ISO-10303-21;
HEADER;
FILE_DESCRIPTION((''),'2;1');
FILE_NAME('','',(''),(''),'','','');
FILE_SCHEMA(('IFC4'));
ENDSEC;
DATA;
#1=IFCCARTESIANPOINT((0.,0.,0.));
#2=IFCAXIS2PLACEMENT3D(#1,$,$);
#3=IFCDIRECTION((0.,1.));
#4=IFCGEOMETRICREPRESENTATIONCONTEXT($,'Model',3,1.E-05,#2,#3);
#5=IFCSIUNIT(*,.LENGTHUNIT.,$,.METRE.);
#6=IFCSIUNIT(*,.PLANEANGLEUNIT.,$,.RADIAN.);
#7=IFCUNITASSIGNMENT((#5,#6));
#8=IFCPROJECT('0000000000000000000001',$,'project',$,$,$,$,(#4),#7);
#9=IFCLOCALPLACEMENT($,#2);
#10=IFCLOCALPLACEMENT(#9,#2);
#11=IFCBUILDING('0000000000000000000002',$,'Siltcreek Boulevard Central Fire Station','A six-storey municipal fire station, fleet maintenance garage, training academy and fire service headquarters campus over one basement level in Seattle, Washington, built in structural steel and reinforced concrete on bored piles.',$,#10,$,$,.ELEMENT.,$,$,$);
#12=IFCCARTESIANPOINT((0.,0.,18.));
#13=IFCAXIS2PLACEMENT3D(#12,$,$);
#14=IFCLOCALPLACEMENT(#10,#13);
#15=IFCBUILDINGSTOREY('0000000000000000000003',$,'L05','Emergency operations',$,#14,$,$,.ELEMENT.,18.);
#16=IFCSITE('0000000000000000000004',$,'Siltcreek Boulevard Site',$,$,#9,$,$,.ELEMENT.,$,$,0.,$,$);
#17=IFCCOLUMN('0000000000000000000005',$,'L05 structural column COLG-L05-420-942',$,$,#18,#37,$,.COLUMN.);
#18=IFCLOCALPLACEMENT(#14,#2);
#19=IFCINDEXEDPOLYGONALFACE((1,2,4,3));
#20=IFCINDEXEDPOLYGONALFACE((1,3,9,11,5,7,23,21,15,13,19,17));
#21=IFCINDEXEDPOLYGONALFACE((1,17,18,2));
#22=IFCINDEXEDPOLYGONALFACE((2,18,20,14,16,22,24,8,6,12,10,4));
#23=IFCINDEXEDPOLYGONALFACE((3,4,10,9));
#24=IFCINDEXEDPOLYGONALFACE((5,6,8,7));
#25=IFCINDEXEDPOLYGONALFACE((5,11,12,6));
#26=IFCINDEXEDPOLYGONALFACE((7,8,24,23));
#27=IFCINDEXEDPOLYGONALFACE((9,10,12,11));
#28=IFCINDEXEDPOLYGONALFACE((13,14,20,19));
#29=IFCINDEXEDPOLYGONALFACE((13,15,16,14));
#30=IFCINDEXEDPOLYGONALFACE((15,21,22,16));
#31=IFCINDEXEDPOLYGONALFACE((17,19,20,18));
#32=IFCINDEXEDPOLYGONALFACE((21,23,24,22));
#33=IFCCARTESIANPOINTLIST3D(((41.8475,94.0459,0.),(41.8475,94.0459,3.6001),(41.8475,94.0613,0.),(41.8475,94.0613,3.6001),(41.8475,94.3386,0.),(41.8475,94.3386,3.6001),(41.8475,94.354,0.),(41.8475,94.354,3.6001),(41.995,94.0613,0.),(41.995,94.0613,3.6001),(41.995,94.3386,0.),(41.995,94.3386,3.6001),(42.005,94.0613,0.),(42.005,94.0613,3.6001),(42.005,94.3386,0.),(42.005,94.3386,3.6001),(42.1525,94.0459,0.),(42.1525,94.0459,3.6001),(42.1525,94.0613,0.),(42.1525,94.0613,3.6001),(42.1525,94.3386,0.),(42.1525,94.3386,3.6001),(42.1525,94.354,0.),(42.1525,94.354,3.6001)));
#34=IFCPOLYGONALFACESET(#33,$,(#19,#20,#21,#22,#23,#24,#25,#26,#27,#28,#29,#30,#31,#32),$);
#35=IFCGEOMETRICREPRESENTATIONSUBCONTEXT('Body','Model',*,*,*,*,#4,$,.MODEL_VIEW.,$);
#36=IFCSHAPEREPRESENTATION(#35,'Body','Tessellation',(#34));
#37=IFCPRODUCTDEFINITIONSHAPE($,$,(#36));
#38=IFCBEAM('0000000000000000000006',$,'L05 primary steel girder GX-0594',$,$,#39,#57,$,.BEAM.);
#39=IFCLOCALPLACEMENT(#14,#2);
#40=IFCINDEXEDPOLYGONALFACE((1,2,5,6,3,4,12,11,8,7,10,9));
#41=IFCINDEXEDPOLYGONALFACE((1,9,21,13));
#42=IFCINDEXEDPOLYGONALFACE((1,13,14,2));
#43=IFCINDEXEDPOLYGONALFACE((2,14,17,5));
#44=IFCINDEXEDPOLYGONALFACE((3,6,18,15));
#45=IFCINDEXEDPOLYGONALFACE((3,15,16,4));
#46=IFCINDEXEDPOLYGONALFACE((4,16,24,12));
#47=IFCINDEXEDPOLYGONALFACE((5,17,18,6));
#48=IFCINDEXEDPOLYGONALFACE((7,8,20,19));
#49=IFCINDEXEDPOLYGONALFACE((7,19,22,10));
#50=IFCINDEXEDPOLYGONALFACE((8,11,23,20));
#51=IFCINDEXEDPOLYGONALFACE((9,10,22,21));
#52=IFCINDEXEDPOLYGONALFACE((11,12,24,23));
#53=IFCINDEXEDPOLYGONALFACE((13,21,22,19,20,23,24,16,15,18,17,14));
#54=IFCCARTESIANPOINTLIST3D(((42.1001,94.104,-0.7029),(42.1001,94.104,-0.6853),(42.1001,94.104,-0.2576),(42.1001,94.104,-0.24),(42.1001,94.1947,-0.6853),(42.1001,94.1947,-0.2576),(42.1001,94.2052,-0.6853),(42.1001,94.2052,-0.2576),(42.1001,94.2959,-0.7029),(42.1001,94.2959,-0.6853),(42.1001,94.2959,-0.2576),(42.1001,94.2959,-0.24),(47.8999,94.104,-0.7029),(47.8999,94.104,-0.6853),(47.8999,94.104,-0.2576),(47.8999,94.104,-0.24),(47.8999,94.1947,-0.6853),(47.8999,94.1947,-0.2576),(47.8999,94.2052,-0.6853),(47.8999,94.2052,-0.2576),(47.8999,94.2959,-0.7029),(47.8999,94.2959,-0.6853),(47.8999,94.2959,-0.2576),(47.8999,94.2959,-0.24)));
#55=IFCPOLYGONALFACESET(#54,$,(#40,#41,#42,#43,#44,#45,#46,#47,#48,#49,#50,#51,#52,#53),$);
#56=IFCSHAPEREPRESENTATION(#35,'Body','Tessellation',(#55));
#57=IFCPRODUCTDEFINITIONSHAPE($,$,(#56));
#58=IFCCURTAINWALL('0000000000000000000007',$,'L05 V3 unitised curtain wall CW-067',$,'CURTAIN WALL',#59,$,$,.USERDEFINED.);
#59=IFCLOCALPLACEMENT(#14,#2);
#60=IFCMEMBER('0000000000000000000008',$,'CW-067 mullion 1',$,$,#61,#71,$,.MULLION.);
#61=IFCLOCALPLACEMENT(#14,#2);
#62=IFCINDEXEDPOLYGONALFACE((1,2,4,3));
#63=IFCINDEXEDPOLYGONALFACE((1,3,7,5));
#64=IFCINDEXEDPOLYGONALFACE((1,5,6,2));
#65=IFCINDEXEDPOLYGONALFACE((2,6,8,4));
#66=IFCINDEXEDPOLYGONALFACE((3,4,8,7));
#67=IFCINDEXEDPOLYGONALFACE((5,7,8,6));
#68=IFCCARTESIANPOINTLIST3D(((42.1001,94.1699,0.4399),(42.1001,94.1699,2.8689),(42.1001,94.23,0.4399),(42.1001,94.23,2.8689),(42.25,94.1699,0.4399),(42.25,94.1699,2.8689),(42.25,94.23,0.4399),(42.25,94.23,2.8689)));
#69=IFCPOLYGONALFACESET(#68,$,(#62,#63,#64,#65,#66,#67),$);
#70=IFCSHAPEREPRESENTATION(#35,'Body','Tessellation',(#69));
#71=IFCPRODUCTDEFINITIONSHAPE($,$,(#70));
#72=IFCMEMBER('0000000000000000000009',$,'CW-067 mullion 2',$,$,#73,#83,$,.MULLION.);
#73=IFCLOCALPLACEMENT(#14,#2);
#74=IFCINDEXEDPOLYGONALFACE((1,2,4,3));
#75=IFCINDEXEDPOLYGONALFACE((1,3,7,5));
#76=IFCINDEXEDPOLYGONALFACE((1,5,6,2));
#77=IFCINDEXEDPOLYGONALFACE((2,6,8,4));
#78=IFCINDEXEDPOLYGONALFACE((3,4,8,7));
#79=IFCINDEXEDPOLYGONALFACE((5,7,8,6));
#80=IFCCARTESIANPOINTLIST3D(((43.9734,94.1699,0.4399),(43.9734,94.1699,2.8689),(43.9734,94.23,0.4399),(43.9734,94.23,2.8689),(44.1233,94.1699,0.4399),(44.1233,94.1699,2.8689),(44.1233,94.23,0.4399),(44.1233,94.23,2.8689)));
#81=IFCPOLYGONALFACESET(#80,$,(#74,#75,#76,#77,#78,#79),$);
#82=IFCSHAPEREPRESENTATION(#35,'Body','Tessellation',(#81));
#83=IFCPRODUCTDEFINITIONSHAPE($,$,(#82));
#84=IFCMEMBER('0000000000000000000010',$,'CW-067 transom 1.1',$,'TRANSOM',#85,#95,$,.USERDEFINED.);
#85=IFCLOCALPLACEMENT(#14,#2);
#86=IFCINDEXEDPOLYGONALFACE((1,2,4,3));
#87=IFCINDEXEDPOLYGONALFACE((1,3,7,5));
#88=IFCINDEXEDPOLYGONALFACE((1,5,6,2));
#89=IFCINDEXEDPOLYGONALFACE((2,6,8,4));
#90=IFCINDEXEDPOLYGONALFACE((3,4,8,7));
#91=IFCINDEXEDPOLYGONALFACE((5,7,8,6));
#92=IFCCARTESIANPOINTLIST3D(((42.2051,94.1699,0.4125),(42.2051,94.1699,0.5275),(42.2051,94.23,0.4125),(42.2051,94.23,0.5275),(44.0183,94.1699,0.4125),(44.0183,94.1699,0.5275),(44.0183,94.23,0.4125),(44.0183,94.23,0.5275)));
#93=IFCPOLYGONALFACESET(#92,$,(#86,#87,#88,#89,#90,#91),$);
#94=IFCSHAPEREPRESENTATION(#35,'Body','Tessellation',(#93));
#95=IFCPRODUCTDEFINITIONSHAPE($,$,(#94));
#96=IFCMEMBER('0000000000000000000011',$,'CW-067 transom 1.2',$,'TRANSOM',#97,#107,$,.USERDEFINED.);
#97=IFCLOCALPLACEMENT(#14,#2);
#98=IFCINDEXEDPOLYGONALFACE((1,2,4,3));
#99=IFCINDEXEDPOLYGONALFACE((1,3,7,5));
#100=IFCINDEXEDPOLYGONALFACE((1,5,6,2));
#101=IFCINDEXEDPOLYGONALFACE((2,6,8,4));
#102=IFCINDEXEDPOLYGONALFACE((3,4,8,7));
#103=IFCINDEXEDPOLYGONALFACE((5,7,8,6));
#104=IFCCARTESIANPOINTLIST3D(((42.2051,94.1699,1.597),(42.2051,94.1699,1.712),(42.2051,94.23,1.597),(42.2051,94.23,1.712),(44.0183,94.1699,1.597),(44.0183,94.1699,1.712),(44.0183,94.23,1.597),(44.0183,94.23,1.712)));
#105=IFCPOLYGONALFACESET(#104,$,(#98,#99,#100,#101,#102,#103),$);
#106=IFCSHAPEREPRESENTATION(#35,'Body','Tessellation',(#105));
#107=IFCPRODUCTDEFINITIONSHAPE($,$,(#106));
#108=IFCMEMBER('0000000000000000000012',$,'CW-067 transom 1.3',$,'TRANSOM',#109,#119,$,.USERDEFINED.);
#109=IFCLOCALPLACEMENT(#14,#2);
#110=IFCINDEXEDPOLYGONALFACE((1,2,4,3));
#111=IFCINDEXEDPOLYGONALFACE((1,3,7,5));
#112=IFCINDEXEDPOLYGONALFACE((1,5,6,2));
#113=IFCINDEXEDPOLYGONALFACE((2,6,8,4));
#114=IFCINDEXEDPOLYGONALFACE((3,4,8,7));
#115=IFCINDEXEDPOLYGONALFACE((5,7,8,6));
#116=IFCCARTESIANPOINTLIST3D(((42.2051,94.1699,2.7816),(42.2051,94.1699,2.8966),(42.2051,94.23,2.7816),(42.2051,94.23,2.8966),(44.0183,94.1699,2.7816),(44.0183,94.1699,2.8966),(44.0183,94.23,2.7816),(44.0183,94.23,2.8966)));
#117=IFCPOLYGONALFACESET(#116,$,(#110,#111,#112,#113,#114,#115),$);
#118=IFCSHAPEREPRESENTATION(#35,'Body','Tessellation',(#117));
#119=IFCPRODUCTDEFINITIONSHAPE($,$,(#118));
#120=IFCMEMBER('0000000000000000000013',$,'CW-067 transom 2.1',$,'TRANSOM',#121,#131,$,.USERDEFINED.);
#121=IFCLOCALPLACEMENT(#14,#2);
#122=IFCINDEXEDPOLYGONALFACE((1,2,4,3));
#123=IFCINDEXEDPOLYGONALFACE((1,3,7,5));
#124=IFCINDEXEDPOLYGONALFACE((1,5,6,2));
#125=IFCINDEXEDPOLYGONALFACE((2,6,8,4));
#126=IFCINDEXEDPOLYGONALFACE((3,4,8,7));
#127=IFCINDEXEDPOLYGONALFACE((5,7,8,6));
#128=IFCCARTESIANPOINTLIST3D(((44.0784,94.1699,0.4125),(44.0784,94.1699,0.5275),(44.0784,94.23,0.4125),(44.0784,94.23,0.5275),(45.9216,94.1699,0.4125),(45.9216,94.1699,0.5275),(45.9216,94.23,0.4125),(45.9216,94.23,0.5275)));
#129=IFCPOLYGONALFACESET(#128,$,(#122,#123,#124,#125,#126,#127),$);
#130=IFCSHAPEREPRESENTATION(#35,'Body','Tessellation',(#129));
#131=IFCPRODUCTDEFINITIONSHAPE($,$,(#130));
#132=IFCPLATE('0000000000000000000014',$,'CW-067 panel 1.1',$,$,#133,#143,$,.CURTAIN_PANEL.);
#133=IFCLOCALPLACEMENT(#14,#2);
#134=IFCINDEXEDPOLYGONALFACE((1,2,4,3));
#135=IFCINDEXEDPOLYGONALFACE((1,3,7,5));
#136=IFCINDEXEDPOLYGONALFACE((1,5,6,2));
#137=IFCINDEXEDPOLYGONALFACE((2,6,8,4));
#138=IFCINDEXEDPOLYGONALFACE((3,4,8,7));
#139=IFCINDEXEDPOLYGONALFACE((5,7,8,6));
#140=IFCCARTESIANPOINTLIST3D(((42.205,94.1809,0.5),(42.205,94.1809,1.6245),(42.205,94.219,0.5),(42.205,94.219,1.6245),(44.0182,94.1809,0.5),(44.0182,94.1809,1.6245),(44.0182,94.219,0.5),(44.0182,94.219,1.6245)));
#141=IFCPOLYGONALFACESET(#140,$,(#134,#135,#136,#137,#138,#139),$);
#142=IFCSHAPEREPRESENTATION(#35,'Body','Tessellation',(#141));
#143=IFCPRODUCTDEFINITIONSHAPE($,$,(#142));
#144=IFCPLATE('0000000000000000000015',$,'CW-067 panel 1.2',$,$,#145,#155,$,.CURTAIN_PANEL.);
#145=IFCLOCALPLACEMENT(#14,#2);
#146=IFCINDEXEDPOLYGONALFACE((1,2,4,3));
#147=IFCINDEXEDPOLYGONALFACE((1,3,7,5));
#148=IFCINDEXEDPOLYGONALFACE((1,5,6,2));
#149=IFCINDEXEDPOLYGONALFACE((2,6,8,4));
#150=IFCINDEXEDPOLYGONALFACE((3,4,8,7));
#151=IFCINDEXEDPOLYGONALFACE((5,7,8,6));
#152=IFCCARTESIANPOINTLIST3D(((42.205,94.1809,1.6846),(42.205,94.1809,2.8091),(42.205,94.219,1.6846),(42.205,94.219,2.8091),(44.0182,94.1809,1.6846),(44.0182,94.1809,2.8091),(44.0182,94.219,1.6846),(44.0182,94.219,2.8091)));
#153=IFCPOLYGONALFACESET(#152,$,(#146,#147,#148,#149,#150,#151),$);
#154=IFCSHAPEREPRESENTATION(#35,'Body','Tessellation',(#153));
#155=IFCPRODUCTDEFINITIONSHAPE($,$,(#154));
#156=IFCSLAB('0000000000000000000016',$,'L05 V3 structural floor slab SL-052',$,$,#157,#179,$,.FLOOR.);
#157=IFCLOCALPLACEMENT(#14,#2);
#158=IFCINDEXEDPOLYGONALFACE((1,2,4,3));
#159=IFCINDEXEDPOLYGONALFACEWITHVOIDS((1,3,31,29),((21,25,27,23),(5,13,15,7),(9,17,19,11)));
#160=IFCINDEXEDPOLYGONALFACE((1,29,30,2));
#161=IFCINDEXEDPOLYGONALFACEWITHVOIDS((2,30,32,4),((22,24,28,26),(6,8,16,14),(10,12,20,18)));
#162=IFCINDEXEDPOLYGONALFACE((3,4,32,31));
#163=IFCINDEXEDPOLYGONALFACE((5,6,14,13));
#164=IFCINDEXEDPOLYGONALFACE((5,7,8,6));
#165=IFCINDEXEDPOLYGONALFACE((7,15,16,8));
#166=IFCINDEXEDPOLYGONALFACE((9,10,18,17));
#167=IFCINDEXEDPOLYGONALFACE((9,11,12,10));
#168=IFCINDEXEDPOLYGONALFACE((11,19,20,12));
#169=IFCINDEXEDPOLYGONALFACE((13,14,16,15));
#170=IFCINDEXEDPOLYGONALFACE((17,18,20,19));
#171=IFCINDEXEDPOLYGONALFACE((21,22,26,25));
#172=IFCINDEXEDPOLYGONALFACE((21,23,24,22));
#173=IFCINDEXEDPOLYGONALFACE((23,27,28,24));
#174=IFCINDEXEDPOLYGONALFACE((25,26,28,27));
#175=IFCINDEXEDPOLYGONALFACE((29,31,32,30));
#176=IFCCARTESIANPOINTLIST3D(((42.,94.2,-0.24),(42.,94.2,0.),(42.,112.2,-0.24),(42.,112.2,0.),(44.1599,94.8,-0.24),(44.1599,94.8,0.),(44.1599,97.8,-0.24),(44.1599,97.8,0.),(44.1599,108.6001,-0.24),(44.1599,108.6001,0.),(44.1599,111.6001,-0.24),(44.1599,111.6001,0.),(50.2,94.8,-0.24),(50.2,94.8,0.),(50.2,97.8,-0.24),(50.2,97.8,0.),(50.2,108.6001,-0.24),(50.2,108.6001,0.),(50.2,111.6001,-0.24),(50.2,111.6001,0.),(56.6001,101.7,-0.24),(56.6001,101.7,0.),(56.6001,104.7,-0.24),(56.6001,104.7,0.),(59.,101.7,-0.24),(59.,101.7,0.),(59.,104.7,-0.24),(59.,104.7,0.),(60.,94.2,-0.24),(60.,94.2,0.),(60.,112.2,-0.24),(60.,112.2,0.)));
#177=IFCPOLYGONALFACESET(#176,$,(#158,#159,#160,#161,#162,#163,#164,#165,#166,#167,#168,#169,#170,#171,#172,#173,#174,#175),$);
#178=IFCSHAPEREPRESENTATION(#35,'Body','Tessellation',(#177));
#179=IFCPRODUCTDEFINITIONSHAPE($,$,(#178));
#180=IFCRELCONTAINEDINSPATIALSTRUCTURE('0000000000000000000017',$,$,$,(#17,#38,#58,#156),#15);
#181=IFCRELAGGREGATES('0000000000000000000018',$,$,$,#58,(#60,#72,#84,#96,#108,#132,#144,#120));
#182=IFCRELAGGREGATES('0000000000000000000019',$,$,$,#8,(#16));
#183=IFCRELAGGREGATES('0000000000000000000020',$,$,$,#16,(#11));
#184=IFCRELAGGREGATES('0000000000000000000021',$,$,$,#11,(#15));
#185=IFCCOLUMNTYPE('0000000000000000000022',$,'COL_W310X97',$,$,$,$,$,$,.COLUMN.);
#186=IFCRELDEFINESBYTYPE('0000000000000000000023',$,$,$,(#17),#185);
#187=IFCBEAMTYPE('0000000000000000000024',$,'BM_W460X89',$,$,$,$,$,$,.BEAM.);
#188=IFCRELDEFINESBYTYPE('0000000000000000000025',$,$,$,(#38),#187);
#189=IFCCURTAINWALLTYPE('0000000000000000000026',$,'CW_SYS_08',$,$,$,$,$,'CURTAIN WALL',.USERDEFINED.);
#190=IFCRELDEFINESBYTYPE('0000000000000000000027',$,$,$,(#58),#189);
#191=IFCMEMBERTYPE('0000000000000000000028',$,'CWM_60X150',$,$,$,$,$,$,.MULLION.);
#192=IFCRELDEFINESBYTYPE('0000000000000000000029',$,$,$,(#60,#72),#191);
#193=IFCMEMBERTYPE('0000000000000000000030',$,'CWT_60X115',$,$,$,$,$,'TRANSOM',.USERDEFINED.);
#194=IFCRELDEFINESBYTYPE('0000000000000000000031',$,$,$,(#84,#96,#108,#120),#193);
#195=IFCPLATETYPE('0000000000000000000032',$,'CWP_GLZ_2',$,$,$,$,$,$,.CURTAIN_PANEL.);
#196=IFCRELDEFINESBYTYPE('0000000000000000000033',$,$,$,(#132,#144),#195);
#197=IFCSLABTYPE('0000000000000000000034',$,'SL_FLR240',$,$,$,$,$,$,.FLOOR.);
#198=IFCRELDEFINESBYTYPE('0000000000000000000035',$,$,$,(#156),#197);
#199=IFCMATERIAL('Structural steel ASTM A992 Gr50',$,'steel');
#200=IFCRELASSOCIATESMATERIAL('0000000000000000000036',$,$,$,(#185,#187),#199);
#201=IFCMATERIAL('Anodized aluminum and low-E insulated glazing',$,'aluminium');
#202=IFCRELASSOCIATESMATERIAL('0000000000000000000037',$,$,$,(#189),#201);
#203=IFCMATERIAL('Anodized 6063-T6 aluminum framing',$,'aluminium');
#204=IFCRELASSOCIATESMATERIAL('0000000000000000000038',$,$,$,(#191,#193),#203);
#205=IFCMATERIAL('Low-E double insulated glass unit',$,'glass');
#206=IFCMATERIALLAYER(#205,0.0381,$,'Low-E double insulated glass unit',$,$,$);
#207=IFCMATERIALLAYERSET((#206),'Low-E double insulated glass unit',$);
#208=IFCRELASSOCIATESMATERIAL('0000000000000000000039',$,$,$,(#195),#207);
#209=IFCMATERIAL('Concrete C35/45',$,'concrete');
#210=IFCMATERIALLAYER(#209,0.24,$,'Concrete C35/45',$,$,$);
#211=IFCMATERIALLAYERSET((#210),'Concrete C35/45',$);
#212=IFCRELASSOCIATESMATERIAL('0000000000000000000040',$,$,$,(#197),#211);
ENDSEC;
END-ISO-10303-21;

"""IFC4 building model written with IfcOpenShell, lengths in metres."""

from ifc_helpers import new_model, si_unit, direction, frame, origin, origin_2d, place, context, subcontext, project, spatial, polyline, rectangle, i_section, outline, extrude, material, layer, layer_set, material_profile, profile_set, type_object, element, aggregate, save


model = new_model("IFC4")

# Units and contexts
model_context = context("Model", 3, precision=1e-05, world=origin(), true_north=direction((0.0, 1.0)))
body_context = subcontext(model_context, "Body", "Model", "MODEL_VIEW")
ifc_project = project(units=[si_unit("LENGTHUNIT", "METRE"), si_unit("PLANEANGLEUNIT", "RADIAN")], contexts=[model_context])

# Site, building, storey
site_placement = place(None, origin())
site = spatial("IfcSite", under=ifc_project, at=site_placement, Name="Siltcreek Boulevard Site", CompositionType="ELEMENT", RefElevation=0.0)
building_placement = place(site_placement, origin())
building = spatial("IfcBuilding", under=site, at=building_placement, Name="Siltcreek Boulevard Central Fire Station", Description="A six-storey municipal fire station, fleet maintenance garage, training academy and fire service headquarters campus over one basement level in Seattle, Washington, built in structural steel and reinforced concrete on bored piles.", CompositionType="ELEMENT")
storey_placement = place(building_placement, frame((0.0, 0.0, 18.0)))
storey = spatial("IfcBuildingStorey", under=building, at=storey_placement, Name="L05", Description="Emergency operations", CompositionType="ELEMENT", Elevation=18.0)

# Column
ifc_material_1 = material(Name="Structural steel ASTM A992 Gr50", Category="steel")
ifc_material_profile_1 = material_profile(ifc_material_1, i_section(OverallWidth=0.3049, OverallDepth=0.3081, WebThickness=0.01, FlangeThickness=0.0154, at=origin_2d()), Name="W310X97")
ifc_profile_set_1 = profile_set([ifc_material_profile_1], Name="Structural steel ASTM A992 Gr50")
column_type = type_object("IfcColumnType", Name="COL_W310X97", PredefinedType="COLUMN", material=ifc_profile_set_1)
column_placement = place(storey_placement, frame((42.0, 94.2, 0.0), z_axis=(0.0, 0.0, 1.0), x_axis=(1.0, 0.0, 0.0)))
element("IfcColumn", 1, at=column_placement, inside=storey, type_object=column_type, Name="L05 structural column COLG-L05-420-942", PredefinedType="COLUMN", context=body_context, shape_type="SweptSolid", body=[
    extrude(i_section(OverallWidth=0.3049, OverallDepth=0.3081, WebThickness=0.01, FlangeThickness=0.0154, at=origin_2d()), origin(), (0.0, 0.0, 1.0), 3.6001),
])

# Beam
ifc_material_profile_2 = material_profile(ifc_material_1, i_section(OverallWidth=0.1919, OverallDepth=0.4629, WebThickness=0.0105, FlangeThickness=0.0176, at=origin_2d()), Name="W460X89")
ifc_profile_set_2 = profile_set([ifc_material_profile_2], Name="Structural steel ASTM A992 Gr50")
beam_type = type_object("IfcBeamType", Name="BM_W460X89", PredefinedType="BEAM", material=ifc_profile_set_2)
beam_placement = place(storey_placement, frame((42.1001, 94.2, -0.4714), z_axis=(1.0, 0.0, 0.0), x_axis=(0.0, 1.0, 0.0)))
element("IfcBeam", 2, at=beam_placement, inside=storey, type_object=beam_type, Name="L05 primary steel girder GX-0594", PredefinedType="BEAM", context=body_context, shape_type="SweptSolid", body=[
    extrude(i_section(OverallWidth=0.1919, OverallDepth=0.4629, WebThickness=0.0105, FlangeThickness=0.0176, at=origin_2d()), origin(), (0.0, 0.0, 1.0), 5.7998),
])

# Curtain wall, members, plates
ifc_material_2 = material(Name="Anodized aluminum and low-E insulated glazing", Category="aluminium")
curtain_wall_type = type_object("IfcCurtainWallType", Name="CW_SYS_08", ElementType="CURTAIN WALL", PredefinedType="USERDEFINED", material=ifc_material_2)
curtain_wall_placement = place(storey_placement, origin())
curtain_wall = element("IfcCurtainWall", 3, at=curtain_wall_placement, inside=storey, type_object=curtain_wall_type, Name="L05 V3 unitised curtain wall CW-067", ObjectType="CURTAIN WALL", PredefinedType="USERDEFINED")
ifc_material_3 = material(Name="Anodized 6063-T6 aluminum framing", Category="aluminium")
ifc_material_profile_3 = material_profile(ifc_material_3, rectangle(XDim=0.0601, YDim=0.1499, at=origin_2d()), Name="MULL60X150")
ifc_profile_set_3 = profile_set([ifc_material_profile_3], Name="Anodized 6063-T6 aluminum framing")
member_type_1 = type_object("IfcMemberType", Name="CWM_60X150", PredefinedType="MULLION", material=ifc_profile_set_3)
member_1_placement = place(storey_placement, frame((42.175, 94.2, 0.4399), z_axis=(0.0, 0.0, 1.0), x_axis=(0.0, 1.0, 0.0)))
member_1 = element("IfcMember", 4, at=member_1_placement, type_object=member_type_1, Name="CW-067 mullion 1", PredefinedType="MULLION", context=body_context, shape_type="SweptSolid", body=[
    extrude(rectangle(XDim=0.0601, YDim=0.1499, at=origin_2d()), origin(), (0.0, 0.0, 1.0), 2.429),
])
member_2_placement = place(storey_placement, frame((44.0483, 94.2, 0.4399), z_axis=(0.0, 0.0, 1.0), x_axis=(0.0, 1.0, 0.0)))
member_2 = element("IfcMember", 5, at=member_2_placement, type_object=member_type_1, Name="CW-067 mullion 2", PredefinedType="MULLION", context=body_context, shape_type="SweptSolid", body=[
    extrude(rectangle(XDim=0.0601, YDim=0.1499, at=origin_2d()), origin(), (0.0, 0.0, 1.0), 2.429),
])
ifc_material_profile_4 = material_profile(ifc_material_3, rectangle(XDim=0.0601, YDim=0.115, at=origin_2d()), Name="TRAN60X115")
ifc_profile_set_4 = profile_set([ifc_material_profile_4], Name="Anodized 6063-T6 aluminum framing")
member_type_2 = type_object("IfcMemberType", Name="CWT_60X115", ElementType="TRANSOM", PredefinedType="USERDEFINED", material=ifc_profile_set_4)
member_3_placement = place(storey_placement, frame((42.2051, 94.2, 0.47), z_axis=(1.0, 0.0, 0.0), x_axis=(0.0, 1.0, 0.0)))
member_3 = element("IfcMember", 6, at=member_3_placement, type_object=member_type_2, Name="CW-067 transom 1.1", ObjectType="TRANSOM", PredefinedType="USERDEFINED", context=body_context, shape_type="SweptSolid", body=[
    extrude(rectangle(XDim=0.0601, YDim=0.115, at=origin_2d()), origin(), (0.0, 0.0, 1.0), 1.8132),
])
member_4_placement = place(storey_placement, frame((42.2051, 94.2, 1.6545), z_axis=(1.0, 0.0, 0.0), x_axis=(0.0, 1.0, 0.0)))
member_4 = element("IfcMember", 7, at=member_4_placement, type_object=member_type_2, Name="CW-067 transom 1.2", ObjectType="TRANSOM", PredefinedType="USERDEFINED", context=body_context, shape_type="SweptSolid", body=[
    extrude(rectangle(XDim=0.0601, YDim=0.115, at=origin_2d()), origin(), (0.0, 0.0, 1.0), 1.8132),
])
member_5_placement = place(storey_placement, frame((42.2051, 94.2, 2.8391), z_axis=(1.0, 0.0, 0.0), x_axis=(0.0, 1.0, 0.0)))
member_5 = element("IfcMember", 8, at=member_5_placement, type_object=member_type_2, Name="CW-067 transom 1.3", ObjectType="TRANSOM", PredefinedType="USERDEFINED", context=body_context, shape_type="SweptSolid", body=[
    extrude(rectangle(XDim=0.0601, YDim=0.115, at=origin_2d()), origin(), (0.0, 0.0, 1.0), 1.8132),
])
member_6_placement = place(storey_placement, frame((44.0784, 94.2, 0.47), z_axis=(1.0, 0.0, 0.0), x_axis=(0.0, 1.0, 0.0)))
member_6 = element("IfcMember", 9, at=member_6_placement, type_object=member_type_2, Name="CW-067 transom 2.1", ObjectType="TRANSOM", PredefinedType="USERDEFINED", context=body_context, shape_type="SweptSolid", body=[
    extrude(rectangle(XDim=0.0601, YDim=0.115, at=origin_2d()), origin(), (0.0, 0.0, 1.0), 1.8433),
])
ifc_material_4 = material(Name="Low-E double insulated glass unit", Category="glass")
ifc_layer_1 = layer(ifc_material_4, 0.0381, Name="Low-E double insulated glass unit")
ifc_layer_set_1 = layer_set([ifc_layer_1], Name="Low-E double insulated glass unit")
plate_type = type_object("IfcPlateType", Name="CWP_GLZ_2", PredefinedType="CURTAIN_PANEL", material=ifc_layer_set_1)
plate_1_placement = place(storey_placement, frame((43.1116, 94.2, 0.5), z_axis=(0.0, 0.0, 1.0), x_axis=(1.0, 0.0, 0.0)))
plate_1 = element("IfcPlate", 10, at=plate_1_placement, type_object=plate_type, Name="CW-067 panel 1.1", PredefinedType="CURTAIN_PANEL", context=body_context, shape_type="SweptSolid", body=[
    extrude(rectangle(XDim=1.8132, YDim=0.0381, at=origin_2d()), origin(), (0.0, 0.0, 1.0), 1.1245),
])
plate_2_placement = place(storey_placement, frame((43.1116, 94.2, 1.6846), z_axis=(0.0, 0.0, 1.0), x_axis=(1.0, 0.0, 0.0)))
plate_2 = element("IfcPlate", 11, at=plate_2_placement, type_object=plate_type, Name="CW-067 panel 1.2", PredefinedType="CURTAIN_PANEL", context=body_context, shape_type="SweptSolid", body=[
    extrude(rectangle(XDim=1.8132, YDim=0.0381, at=origin_2d()), origin(), (0.0, 0.0, 1.0), 1.1245),
])
aggregate(curtain_wall, [member_1, member_2, member_3, member_4, member_5, plate_1, plate_2, member_6])

# Slab
ifc_material_5 = material(Name="Concrete C35/45", Category="concrete")
ifc_layer_2 = layer(ifc_material_5, 0.24, Name="Concrete C35/45")
ifc_layer_set_2 = layer_set([ifc_layer_2], Name="Concrete C35/45")
slab_type_1 = type_object("IfcSlabType", Name="SL_FLR240", PredefinedType="FLOOR", material=ifc_layer_set_2)
slab_1_placement = place(storey_placement, frame((0.0, 0.0, -0.24)))
element("IfcSlab", 12, at=slab_1_placement, inside=storey, type_object=slab_type_1, Name="L05 V3 structural floor slab SL-052", PredefinedType="FLOOR", context=body_context, shape_type="SweptSolid", body=[
    extrude(outline(polyline([(42.0, 112.2), (60.0, 112.2), (60.0, 94.2), (42.0, 94.2), (42.0, 112.2)]), holes=[polyline([(44.1599, 97.8), (44.1599, 94.8), (50.2, 94.8), (50.2, 97.8), (44.1599, 97.8)]), polyline([(59.0, 104.7), (56.6001, 104.7), (56.6001, 101.7), (59.0, 101.7), (59.0, 104.7)]), polyline([(50.2, 111.6001), (44.1599, 111.6001), (44.1599, 108.6001), (50.2, 108.6001), (50.2, 111.6001)])]), origin(), (0.0, 0.0, 1.0), 0.24),
])

save(model, "model.ifc")
